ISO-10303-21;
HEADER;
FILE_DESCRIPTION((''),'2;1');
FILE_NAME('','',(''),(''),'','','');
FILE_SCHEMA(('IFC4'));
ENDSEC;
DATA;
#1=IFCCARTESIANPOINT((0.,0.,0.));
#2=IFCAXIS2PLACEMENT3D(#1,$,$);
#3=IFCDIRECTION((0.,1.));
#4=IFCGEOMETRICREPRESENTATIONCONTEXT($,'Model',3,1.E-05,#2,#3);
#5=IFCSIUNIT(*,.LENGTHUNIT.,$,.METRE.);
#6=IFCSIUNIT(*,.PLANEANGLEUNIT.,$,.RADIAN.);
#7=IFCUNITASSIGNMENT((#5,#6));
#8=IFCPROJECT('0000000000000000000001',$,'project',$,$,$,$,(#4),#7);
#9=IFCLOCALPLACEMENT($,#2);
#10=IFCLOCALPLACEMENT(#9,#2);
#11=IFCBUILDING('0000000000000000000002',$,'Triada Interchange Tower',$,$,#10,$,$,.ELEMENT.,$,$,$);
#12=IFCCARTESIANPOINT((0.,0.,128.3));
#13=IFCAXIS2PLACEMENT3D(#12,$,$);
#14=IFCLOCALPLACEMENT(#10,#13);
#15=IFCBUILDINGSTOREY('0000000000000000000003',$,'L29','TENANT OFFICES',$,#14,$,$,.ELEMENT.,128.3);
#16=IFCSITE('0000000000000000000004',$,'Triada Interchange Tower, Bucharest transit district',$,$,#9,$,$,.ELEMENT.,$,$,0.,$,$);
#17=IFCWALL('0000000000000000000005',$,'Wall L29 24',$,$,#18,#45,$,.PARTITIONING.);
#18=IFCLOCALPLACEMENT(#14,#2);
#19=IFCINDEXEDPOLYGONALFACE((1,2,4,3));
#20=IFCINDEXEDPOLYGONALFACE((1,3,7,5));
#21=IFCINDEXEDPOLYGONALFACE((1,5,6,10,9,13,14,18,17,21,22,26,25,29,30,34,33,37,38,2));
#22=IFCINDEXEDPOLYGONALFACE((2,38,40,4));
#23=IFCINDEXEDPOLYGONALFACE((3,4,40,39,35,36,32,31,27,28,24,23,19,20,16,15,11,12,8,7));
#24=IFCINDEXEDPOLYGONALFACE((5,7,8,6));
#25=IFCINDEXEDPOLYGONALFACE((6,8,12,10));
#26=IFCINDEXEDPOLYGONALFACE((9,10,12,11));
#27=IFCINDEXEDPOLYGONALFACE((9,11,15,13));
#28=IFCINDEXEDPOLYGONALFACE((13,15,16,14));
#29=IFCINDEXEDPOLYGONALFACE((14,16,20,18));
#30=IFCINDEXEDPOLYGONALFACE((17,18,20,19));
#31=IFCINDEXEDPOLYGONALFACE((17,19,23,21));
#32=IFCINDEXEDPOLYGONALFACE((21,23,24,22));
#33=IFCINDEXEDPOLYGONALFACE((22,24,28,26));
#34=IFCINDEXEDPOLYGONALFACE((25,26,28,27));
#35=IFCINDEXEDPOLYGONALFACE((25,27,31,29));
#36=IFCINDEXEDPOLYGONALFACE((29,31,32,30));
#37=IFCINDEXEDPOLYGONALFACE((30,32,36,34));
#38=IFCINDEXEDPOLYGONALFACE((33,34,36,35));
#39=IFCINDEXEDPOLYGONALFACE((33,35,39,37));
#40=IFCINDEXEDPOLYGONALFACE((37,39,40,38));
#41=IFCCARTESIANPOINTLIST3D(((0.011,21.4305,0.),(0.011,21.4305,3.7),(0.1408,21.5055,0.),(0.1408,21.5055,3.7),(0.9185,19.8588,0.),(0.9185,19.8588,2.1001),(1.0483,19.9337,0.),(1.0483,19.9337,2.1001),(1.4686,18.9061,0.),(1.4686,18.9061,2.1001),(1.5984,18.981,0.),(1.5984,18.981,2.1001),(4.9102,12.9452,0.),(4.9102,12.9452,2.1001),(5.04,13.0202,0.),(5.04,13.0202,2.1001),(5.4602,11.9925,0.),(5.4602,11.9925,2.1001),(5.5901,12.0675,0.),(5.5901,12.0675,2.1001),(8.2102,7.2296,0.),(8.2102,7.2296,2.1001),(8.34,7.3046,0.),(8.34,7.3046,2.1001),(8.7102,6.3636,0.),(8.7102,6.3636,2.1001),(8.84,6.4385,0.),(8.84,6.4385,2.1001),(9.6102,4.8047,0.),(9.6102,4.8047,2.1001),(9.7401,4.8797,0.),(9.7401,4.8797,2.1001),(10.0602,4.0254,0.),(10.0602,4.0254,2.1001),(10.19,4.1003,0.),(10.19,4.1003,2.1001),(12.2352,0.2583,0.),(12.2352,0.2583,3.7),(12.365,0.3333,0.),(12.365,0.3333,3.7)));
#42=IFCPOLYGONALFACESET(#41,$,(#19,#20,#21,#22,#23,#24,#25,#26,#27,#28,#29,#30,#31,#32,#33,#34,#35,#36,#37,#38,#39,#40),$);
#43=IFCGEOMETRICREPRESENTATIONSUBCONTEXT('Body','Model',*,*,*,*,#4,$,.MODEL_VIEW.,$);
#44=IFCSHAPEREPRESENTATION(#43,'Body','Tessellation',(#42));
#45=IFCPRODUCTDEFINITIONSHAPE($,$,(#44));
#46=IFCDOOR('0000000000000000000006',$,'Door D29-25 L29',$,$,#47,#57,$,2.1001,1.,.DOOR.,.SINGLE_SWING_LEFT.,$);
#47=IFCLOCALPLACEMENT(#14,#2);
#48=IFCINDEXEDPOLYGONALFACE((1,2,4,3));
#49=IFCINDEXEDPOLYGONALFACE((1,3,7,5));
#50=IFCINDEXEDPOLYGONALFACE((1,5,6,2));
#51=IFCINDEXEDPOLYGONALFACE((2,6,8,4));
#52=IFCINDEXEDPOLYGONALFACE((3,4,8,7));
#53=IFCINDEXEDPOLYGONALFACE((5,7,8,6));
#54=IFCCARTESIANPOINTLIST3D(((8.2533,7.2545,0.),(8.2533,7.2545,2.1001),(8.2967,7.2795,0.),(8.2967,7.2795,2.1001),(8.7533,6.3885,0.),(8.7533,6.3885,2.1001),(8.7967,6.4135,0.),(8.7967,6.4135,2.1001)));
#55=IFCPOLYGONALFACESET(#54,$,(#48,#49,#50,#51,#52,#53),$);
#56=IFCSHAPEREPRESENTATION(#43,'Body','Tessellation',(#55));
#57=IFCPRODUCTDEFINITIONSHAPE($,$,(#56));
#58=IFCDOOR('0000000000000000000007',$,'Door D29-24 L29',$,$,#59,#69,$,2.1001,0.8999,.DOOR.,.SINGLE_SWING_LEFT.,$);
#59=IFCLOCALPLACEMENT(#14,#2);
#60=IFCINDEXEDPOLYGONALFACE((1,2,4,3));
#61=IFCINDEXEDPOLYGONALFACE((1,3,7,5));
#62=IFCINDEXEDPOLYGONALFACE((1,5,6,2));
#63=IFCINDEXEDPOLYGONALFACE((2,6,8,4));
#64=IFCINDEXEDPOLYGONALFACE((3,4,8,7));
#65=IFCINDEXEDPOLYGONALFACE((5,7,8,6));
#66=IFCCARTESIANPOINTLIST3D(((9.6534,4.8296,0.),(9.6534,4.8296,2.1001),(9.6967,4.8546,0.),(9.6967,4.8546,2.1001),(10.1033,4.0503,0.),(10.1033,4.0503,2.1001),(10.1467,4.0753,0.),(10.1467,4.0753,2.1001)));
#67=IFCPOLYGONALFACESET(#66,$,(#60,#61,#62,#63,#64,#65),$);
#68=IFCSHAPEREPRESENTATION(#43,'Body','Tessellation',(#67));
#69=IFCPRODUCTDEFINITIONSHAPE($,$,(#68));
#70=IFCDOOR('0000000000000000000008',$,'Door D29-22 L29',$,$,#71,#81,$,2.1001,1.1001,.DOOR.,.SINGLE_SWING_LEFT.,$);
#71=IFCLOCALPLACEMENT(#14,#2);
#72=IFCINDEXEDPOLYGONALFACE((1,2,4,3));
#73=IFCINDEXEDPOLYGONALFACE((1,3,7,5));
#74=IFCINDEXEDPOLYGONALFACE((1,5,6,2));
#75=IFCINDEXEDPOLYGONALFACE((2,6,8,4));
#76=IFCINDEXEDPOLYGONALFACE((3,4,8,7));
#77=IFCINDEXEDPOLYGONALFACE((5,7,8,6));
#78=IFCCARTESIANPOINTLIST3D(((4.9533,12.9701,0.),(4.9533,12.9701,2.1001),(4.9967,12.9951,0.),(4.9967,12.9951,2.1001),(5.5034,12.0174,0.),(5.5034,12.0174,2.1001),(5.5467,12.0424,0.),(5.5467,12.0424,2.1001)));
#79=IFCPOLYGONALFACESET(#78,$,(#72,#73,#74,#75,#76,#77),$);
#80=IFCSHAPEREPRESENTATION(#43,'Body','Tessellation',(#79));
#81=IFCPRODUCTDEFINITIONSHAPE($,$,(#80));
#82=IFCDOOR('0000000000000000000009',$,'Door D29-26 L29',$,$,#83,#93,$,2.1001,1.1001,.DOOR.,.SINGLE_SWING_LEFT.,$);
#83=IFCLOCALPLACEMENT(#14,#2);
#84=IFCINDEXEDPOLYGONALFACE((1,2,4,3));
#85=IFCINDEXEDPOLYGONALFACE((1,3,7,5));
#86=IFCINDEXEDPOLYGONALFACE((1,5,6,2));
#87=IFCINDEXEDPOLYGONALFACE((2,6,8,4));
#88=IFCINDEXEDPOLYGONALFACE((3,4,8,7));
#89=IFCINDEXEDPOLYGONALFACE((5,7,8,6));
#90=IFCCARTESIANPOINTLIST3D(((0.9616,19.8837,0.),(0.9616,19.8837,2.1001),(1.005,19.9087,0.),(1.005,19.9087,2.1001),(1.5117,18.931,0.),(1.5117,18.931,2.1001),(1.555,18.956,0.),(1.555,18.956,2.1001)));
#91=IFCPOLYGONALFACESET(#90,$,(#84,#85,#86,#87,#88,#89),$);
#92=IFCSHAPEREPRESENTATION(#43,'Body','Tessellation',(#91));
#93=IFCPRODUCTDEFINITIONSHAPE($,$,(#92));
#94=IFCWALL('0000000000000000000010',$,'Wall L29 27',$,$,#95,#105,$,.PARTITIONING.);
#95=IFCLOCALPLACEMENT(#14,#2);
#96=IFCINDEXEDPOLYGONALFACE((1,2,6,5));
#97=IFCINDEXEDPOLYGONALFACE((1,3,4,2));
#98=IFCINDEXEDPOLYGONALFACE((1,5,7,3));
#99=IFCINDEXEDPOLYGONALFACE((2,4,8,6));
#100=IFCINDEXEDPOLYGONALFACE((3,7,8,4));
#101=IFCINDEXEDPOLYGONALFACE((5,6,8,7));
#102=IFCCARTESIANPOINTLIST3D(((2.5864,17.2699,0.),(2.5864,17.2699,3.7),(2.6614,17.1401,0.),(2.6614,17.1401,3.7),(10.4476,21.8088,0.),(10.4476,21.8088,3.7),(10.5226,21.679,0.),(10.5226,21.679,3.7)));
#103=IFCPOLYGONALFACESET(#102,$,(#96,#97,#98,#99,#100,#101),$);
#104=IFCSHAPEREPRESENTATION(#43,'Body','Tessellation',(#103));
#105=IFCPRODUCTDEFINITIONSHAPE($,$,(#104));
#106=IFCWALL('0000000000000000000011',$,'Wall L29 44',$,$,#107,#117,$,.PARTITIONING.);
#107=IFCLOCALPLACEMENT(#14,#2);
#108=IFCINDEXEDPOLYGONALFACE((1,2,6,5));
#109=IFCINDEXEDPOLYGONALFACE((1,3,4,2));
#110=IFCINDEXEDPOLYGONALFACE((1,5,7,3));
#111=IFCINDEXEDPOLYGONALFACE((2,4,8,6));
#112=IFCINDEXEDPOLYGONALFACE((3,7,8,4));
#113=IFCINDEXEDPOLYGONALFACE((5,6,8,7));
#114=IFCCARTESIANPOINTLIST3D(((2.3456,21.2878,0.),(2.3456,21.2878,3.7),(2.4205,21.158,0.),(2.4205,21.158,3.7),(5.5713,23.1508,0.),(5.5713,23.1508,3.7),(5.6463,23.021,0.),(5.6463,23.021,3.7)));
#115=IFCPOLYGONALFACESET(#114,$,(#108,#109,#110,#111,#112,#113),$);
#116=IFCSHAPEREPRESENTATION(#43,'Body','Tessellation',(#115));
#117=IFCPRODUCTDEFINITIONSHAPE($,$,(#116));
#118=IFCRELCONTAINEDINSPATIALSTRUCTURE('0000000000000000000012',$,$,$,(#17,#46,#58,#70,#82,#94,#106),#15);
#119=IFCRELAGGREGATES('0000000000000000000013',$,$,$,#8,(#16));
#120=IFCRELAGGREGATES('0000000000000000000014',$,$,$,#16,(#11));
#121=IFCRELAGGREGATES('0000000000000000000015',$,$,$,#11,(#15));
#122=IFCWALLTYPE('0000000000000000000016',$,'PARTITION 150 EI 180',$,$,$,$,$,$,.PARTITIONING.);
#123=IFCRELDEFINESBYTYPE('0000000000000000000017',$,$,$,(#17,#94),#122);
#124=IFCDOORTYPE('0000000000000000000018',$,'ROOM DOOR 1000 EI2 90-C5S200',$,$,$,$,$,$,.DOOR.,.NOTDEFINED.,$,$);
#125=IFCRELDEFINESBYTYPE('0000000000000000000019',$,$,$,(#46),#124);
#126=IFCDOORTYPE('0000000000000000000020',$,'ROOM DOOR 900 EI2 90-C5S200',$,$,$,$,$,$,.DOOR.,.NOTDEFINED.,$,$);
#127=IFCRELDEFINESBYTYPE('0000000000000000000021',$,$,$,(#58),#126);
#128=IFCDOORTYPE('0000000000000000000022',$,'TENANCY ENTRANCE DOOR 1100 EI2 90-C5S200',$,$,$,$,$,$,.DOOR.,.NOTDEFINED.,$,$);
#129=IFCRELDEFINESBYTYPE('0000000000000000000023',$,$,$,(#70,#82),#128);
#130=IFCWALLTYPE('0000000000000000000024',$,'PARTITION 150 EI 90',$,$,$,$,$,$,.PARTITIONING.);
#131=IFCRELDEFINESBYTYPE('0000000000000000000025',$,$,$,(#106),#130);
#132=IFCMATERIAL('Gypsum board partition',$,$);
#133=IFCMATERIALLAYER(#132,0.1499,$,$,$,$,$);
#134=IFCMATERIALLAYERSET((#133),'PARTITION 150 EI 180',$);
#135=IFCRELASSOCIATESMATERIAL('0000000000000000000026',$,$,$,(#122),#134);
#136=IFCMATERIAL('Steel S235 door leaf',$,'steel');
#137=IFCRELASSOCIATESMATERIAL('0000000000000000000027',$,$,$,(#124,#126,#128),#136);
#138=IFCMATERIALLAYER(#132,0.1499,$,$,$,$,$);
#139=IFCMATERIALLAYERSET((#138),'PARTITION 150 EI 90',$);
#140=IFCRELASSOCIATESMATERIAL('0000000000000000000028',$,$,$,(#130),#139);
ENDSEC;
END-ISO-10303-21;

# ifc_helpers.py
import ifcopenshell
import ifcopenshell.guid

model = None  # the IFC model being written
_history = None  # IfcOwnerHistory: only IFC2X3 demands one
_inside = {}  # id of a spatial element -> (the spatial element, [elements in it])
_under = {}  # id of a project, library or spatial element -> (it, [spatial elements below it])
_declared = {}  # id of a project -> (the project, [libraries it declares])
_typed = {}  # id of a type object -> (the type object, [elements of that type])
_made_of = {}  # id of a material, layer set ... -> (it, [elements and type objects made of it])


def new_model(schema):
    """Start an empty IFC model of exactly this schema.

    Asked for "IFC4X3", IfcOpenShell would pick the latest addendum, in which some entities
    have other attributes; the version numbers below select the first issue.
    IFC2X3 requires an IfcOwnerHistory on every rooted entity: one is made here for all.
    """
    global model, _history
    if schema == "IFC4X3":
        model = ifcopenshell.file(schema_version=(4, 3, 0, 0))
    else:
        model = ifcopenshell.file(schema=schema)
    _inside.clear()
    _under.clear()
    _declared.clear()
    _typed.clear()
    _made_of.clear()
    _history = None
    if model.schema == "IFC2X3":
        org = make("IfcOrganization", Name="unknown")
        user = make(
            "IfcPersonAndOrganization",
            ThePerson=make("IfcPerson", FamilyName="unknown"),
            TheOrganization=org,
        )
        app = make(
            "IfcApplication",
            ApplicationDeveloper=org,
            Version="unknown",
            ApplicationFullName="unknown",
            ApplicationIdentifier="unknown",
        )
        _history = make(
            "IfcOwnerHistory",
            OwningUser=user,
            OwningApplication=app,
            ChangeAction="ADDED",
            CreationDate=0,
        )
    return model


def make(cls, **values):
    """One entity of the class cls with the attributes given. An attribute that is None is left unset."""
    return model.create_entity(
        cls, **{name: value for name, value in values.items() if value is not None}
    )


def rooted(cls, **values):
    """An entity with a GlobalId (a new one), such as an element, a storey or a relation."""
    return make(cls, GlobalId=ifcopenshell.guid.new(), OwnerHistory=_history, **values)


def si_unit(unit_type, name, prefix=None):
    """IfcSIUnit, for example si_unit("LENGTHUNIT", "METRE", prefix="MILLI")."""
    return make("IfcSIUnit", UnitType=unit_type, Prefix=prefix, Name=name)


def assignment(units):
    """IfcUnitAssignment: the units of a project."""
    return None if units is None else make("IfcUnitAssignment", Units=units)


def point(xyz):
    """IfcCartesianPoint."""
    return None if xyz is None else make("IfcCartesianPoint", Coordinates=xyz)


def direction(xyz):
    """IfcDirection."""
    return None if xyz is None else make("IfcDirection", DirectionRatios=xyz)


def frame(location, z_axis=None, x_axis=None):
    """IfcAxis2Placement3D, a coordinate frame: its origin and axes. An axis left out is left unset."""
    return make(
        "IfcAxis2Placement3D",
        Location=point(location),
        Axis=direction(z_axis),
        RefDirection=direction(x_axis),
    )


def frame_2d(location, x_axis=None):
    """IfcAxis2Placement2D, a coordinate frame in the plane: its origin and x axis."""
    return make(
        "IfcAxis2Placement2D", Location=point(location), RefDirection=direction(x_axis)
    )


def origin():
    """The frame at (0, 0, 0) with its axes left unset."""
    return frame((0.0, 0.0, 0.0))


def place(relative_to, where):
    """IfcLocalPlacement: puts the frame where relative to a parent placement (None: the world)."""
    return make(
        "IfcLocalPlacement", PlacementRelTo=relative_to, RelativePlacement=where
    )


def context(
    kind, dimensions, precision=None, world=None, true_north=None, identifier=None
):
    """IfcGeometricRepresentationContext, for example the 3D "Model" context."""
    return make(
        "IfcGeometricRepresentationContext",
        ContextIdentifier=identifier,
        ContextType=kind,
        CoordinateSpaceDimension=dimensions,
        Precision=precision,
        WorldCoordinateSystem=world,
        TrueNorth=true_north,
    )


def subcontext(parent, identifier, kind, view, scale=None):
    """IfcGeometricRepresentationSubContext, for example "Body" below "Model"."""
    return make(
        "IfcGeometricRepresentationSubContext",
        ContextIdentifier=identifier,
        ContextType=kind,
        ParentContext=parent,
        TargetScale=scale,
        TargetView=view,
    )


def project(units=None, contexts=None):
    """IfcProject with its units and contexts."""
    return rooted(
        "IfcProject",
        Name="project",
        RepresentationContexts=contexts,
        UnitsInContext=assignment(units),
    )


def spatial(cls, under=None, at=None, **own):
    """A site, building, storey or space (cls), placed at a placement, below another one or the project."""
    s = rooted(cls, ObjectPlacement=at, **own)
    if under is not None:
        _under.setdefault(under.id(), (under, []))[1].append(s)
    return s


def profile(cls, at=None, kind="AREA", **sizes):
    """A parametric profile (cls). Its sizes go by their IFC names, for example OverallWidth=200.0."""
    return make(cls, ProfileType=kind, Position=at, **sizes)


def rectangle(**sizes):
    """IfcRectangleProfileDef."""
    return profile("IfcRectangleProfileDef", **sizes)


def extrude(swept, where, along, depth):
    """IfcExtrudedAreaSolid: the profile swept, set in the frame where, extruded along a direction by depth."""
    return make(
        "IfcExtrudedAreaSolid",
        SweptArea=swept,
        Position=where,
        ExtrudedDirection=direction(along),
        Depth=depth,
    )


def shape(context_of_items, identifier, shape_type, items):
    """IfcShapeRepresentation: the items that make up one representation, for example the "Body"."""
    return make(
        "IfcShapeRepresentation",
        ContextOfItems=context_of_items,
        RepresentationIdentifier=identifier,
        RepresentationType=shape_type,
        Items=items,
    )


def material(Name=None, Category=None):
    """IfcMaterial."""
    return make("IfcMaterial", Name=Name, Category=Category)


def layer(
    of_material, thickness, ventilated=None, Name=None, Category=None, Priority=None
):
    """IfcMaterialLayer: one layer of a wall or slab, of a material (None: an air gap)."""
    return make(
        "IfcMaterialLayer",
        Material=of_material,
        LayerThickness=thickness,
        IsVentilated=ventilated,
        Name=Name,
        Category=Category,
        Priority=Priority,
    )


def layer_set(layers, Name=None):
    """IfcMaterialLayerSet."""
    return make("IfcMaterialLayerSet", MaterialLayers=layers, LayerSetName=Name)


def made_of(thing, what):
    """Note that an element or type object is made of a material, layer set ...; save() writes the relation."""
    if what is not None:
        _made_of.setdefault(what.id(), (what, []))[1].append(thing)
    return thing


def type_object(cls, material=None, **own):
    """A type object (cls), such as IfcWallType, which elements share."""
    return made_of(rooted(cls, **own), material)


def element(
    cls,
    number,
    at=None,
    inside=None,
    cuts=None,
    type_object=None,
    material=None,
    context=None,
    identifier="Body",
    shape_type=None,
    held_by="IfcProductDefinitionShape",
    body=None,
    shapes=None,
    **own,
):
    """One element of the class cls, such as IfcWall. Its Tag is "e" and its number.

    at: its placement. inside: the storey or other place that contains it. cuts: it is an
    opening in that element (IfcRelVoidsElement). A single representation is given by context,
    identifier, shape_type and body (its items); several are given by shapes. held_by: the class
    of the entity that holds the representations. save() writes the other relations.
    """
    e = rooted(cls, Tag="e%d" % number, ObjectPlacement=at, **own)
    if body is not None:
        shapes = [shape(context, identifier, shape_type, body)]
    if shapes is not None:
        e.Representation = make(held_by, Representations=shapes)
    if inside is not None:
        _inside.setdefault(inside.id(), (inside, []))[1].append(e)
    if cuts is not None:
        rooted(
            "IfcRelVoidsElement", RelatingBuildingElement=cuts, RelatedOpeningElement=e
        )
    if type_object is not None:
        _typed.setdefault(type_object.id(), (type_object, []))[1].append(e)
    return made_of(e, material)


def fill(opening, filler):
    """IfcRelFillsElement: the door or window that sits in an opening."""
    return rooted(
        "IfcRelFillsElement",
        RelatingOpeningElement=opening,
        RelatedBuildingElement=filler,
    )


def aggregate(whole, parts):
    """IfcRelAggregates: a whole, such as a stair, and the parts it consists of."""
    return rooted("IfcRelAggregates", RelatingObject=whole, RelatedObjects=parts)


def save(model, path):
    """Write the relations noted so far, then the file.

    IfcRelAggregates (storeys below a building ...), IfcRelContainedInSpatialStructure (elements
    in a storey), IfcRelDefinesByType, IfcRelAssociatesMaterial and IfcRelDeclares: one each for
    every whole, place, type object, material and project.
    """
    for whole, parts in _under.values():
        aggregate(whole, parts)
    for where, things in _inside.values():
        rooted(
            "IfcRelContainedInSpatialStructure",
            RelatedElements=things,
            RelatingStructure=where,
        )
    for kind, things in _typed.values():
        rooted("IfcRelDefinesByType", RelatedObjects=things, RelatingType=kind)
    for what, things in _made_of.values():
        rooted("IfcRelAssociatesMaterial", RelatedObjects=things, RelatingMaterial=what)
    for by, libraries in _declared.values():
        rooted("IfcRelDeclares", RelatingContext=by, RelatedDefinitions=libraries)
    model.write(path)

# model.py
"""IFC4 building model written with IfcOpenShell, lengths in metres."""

from ifc_helpers import new_model, si_unit, direction, frame, frame_2d, origin, place, context, subcontext, project, spatial, rectangle, extrude, material, layer, layer_set, type_object, element, fill, save


model = new_model("IFC4")

# Units and contexts
model_context = context("Model", 3, precision=1e-05, world=origin(), true_north=direction((0.0, 1.0)))
body_context = subcontext(model_context, "Body", "Model", "MODEL_VIEW")
ifc_project = project(units=[si_unit("LENGTHUNIT", "METRE"), si_unit("PLANEANGLEUNIT", "RADIAN")], contexts=[model_context])

# Site, building, storey
site_placement = place(None, origin())
site = spatial("IfcSite", under=ifc_project, at=site_placement, Name="Triada Interchange Tower, Bucharest transit district", CompositionType="ELEMENT", RefElevation=0.0)
building_placement = place(site_placement, origin())
building = spatial("IfcBuilding", under=site, at=building_placement, Name="Triada Interchange Tower", CompositionType="ELEMENT")
storey_placement = place(building_placement, frame((0.0, 0.0, 128.3)))
storey = spatial("IfcBuildingStorey", under=building, at=storey_placement, Name="L29", Description="TENANT OFFICES", CompositionType="ELEMENT", Elevation=128.3)

# Shared definitions
ifc_material_1 = material(Name="Steel S235 door leaf", Category="steel")

# Shared definitions
ifc_material_2 = material(Name="Gypsum board partition")
ifc_layer_1 = layer(ifc_material_2, 0.1499)
ifc_layer_set_1 = layer_set([ifc_layer_1], Name="PARTITION 150 EI 180")
wall_type_1 = type_object("IfcWallType", Name="PARTITION 150 EI 180", PredefinedType="PARTITIONING", material=ifc_layer_set_1)

# Wall, openings, doors
wall_1_placement = place(storey_placement, frame((0.0759, 21.468, 0.0), z_axis=(0.0, 0.0, 1.0), x_axis=(0.500012, -0.866018, 0.0)))
wall_1 = element("IfcWall", 1, at=wall_1_placement, inside=storey, type_object=wall_type_1, Name="Wall L29 24", PredefinedType="PARTITIONING", context=body_context, shape_type="SweptSolid", body=[
    extrude(rectangle(XDim=24.4478, YDim=0.1499, at=frame_2d((12.2239, 0.0))), origin(), (0.0, 0.0, 1.0), 3.7),
])
opening_1_placement = place(wall_1_placement, frame((9.7981, 0.0, 0.0)))
opening_1 = element("IfcOpeningElement", 2, at=opening_1_placement, cuts=wall_1, PredefinedType="OPENING", context=body_context, shape_type="SweptSolid", body=[
    extrude(rectangle(XDim=1.1001, YDim=2.1001, at=frame_2d((0.55, 1.05))), frame((0.0, 0.085, 0.0), z_axis=(0.0, -1.0, 0.0), x_axis=(1.0, 0.0, 0.0)), (0.0, 0.0, 1.0), 0.1699),
])
opening_2_placement = place(wall_1_placement, frame((19.198, 0.0, 0.0)))
opening_2 = element("IfcOpeningElement", 3, at=opening_2_placement, cuts=wall_1, PredefinedType="OPENING", context=body_context, shape_type="SweptSolid", body=[
    extrude(rectangle(XDim=0.8999, YDim=2.1001, at=frame_2d((0.45, 1.05))), frame((0.0, 0.085, 0.0), z_axis=(0.0, -1.0, 0.0), x_axis=(1.0, 0.0, 0.0)), (0.0, 0.0, 1.0), 0.1699),
])
opening_3_placement = place(wall_1_placement, frame((16.3979, 0.0, 0.0)))
opening_3 = element("IfcOpeningElement", 4, at=opening_3_placement, cuts=wall_1, PredefinedType="OPENING", context=body_context, shape_type="SweptSolid", body=[
    extrude(rectangle(XDim=1.0, YDim=2.1001, at=frame_2d((0.5, 1.05))), frame((0.0, 0.085, 0.0), z_axis=(0.0, -1.0, 0.0), x_axis=(1.0, 0.0, 0.0)), (0.0, 0.0, 1.0), 0.1699),
])
opening_4_placement = place(wall_1_placement, frame((1.8149, 0.0, 0.0)))
opening_4 = element("IfcOpeningElement", 5, at=opening_4_placement, cuts=wall_1, PredefinedType="OPENING", context=body_context, shape_type="SweptSolid", body=[
    extrude(rectangle(XDim=1.1001, YDim=2.1001, at=frame_2d((0.55, 1.05))), frame((0.0, 0.085, 0.0), z_axis=(0.0, -1.0, 0.0), x_axis=(1.0, 0.0, 0.0)), (0.0, 0.0, 1.0), 0.1699),
])
door_type_1 = type_object("IfcDoorType", Name="ROOM DOOR 1000 EI2 90-C5S200", OperationType="NOTDEFINED", PredefinedType="DOOR", material=ifc_material_1)
door_1_placement = place(opening_3_placement, origin())
door_1 = element("IfcDoor", 6, at=door_1_placement, inside=storey, type_object=door_type_1, Name="Door D29-25 L29", OperationType="SINGLE_SWING_LEFT", OverallHeight=2.1001, OverallWidth=1.0, PredefinedType="DOOR", context=body_context, shape_type="SweptSolid", body=[
    extrude(rectangle(XDim=1.0, YDim=2.1001, at=frame_2d((0.5, 1.05))), frame((0.0, 0.0249, 0.0), z_axis=(0.0, -1.0, 0.0), x_axis=(1.0, 0.0, 0.0)), (0.0, 0.0, 1.0), 0.05),
])
fill(opening_3, door_1)
door_type_2 = type_object("IfcDoorType", Name="ROOM DOOR 900 EI2 90-C5S200", OperationType="NOTDEFINED", PredefinedType="DOOR", material=ifc_material_1)
door_2_placement = place(opening_2_placement, origin())
door_2 = element("IfcDoor", 7, at=door_2_placement, inside=storey, type_object=door_type_2, Name="Door D29-24 L29", OperationType="SINGLE_SWING_LEFT", OverallHeight=2.1001, OverallWidth=0.8999, PredefinedType="DOOR", context=body_context, shape_type="SweptSolid", body=[
    extrude(rectangle(XDim=0.8999, YDim=2.1001, at=frame_2d((0.45, 1.05))), frame((0.0, 0.0249, 0.0), z_axis=(0.0, -1.0, 0.0), x_axis=(1.0, 0.0, 0.0)), (0.0, 0.0, 1.0), 0.05),
])
fill(opening_2, door_2)
door_type_3 = type_object("IfcDoorType", Name="TENANCY ENTRANCE DOOR 1100 EI2 90-C5S200", OperationType="NOTDEFINED", PredefinedType="DOOR", material=ifc_material_1)
door_3_placement = place(opening_1_placement, origin())
door_3 = element("IfcDoor", 8, at=door_3_placement, inside=storey, type_object=door_type_3, Name="Door D29-22 L29", OperationType="SINGLE_SWING_LEFT", OverallHeight=2.1001, OverallWidth=1.1001, PredefinedType="DOOR", context=body_context, shape_type="SweptSolid", body=[
    extrude(rectangle(XDim=1.1001, YDim=2.1001, at=frame_2d((0.55, 1.05))), frame((0.0, 0.0249, 0.0), z_axis=(0.0, -1.0, 0.0), x_axis=(1.0, 0.0, 0.0)), (0.0, 0.0, 1.0), 0.05),
])
fill(opening_1, door_3)
door_4_placement = place(opening_4_placement, origin())
door_4 = element("IfcDoor", 9, at=door_4_placement, inside=storey, type_object=door_type_3, Name="Door D29-26 L29", OperationType="SINGLE_SWING_LEFT", OverallHeight=2.1001, OverallWidth=1.1001, PredefinedType="DOOR", context=body_context, shape_type="SweptSolid", body=[
    extrude(rectangle(XDim=1.1001, YDim=2.1001, at=frame_2d((0.55, 1.05))), frame((0.0, 0.0249, 0.0), z_axis=(0.0, -1.0, 0.0), x_axis=(1.0, 0.0, 0.0)), (0.0, 0.0, 1.0), 0.05),
])
fill(opening_4, door_4)

# Walls
wall_2_placement = place(storey_placement, frame((2.624, 17.2051, 0.0), z_axis=(0.0, 0.0, 1.0), x_axis=(0.866015, 0.500018, 0.0)))
element("IfcWall", 10, at=wall_2_placement, inside=storey, type_object=wall_type_1, Name="Wall L29 27", PredefinedType="PARTITIONING", context=body_context, shape_type="SweptSolid", body=[
    extrude(rectangle(XDim=9.0774, YDim=0.1499, at=frame_2d((4.5386, 0.0))), origin(), (0.0, 0.0, 1.0), 3.7),
])
ifc_layer_2 = layer(ifc_material_2, 0.1499)
ifc_layer_set_2 = layer_set([ifc_layer_2], Name="PARTITION 150 EI 90")
wall_type_2 = type_object("IfcWallType", Name="PARTITION 150 EI 90", PredefinedType="PARTITIONING", material=ifc_layer_set_2)
wall_3_placement = place(storey_placement, frame((2.3831, 21.2229, 0.0), z_axis=(0.0, 0.0, 1.0), x_axis=(0.865955, 0.500121, 0.0)))
element("IfcWall", 11, at=wall_3_placement, inside=storey, type_object=wall_type_2, Name="Wall L29 44", PredefinedType="PARTITIONING", context=body_context, shape_type="SweptSolid", body=[
    extrude(rectangle(XDim=3.7251, YDim=0.1499, at=frame_2d((1.8625, 0.0))), origin(), (0.0, 0.0, 1.0), 3.7),
])

save(model, "model.ifc")
